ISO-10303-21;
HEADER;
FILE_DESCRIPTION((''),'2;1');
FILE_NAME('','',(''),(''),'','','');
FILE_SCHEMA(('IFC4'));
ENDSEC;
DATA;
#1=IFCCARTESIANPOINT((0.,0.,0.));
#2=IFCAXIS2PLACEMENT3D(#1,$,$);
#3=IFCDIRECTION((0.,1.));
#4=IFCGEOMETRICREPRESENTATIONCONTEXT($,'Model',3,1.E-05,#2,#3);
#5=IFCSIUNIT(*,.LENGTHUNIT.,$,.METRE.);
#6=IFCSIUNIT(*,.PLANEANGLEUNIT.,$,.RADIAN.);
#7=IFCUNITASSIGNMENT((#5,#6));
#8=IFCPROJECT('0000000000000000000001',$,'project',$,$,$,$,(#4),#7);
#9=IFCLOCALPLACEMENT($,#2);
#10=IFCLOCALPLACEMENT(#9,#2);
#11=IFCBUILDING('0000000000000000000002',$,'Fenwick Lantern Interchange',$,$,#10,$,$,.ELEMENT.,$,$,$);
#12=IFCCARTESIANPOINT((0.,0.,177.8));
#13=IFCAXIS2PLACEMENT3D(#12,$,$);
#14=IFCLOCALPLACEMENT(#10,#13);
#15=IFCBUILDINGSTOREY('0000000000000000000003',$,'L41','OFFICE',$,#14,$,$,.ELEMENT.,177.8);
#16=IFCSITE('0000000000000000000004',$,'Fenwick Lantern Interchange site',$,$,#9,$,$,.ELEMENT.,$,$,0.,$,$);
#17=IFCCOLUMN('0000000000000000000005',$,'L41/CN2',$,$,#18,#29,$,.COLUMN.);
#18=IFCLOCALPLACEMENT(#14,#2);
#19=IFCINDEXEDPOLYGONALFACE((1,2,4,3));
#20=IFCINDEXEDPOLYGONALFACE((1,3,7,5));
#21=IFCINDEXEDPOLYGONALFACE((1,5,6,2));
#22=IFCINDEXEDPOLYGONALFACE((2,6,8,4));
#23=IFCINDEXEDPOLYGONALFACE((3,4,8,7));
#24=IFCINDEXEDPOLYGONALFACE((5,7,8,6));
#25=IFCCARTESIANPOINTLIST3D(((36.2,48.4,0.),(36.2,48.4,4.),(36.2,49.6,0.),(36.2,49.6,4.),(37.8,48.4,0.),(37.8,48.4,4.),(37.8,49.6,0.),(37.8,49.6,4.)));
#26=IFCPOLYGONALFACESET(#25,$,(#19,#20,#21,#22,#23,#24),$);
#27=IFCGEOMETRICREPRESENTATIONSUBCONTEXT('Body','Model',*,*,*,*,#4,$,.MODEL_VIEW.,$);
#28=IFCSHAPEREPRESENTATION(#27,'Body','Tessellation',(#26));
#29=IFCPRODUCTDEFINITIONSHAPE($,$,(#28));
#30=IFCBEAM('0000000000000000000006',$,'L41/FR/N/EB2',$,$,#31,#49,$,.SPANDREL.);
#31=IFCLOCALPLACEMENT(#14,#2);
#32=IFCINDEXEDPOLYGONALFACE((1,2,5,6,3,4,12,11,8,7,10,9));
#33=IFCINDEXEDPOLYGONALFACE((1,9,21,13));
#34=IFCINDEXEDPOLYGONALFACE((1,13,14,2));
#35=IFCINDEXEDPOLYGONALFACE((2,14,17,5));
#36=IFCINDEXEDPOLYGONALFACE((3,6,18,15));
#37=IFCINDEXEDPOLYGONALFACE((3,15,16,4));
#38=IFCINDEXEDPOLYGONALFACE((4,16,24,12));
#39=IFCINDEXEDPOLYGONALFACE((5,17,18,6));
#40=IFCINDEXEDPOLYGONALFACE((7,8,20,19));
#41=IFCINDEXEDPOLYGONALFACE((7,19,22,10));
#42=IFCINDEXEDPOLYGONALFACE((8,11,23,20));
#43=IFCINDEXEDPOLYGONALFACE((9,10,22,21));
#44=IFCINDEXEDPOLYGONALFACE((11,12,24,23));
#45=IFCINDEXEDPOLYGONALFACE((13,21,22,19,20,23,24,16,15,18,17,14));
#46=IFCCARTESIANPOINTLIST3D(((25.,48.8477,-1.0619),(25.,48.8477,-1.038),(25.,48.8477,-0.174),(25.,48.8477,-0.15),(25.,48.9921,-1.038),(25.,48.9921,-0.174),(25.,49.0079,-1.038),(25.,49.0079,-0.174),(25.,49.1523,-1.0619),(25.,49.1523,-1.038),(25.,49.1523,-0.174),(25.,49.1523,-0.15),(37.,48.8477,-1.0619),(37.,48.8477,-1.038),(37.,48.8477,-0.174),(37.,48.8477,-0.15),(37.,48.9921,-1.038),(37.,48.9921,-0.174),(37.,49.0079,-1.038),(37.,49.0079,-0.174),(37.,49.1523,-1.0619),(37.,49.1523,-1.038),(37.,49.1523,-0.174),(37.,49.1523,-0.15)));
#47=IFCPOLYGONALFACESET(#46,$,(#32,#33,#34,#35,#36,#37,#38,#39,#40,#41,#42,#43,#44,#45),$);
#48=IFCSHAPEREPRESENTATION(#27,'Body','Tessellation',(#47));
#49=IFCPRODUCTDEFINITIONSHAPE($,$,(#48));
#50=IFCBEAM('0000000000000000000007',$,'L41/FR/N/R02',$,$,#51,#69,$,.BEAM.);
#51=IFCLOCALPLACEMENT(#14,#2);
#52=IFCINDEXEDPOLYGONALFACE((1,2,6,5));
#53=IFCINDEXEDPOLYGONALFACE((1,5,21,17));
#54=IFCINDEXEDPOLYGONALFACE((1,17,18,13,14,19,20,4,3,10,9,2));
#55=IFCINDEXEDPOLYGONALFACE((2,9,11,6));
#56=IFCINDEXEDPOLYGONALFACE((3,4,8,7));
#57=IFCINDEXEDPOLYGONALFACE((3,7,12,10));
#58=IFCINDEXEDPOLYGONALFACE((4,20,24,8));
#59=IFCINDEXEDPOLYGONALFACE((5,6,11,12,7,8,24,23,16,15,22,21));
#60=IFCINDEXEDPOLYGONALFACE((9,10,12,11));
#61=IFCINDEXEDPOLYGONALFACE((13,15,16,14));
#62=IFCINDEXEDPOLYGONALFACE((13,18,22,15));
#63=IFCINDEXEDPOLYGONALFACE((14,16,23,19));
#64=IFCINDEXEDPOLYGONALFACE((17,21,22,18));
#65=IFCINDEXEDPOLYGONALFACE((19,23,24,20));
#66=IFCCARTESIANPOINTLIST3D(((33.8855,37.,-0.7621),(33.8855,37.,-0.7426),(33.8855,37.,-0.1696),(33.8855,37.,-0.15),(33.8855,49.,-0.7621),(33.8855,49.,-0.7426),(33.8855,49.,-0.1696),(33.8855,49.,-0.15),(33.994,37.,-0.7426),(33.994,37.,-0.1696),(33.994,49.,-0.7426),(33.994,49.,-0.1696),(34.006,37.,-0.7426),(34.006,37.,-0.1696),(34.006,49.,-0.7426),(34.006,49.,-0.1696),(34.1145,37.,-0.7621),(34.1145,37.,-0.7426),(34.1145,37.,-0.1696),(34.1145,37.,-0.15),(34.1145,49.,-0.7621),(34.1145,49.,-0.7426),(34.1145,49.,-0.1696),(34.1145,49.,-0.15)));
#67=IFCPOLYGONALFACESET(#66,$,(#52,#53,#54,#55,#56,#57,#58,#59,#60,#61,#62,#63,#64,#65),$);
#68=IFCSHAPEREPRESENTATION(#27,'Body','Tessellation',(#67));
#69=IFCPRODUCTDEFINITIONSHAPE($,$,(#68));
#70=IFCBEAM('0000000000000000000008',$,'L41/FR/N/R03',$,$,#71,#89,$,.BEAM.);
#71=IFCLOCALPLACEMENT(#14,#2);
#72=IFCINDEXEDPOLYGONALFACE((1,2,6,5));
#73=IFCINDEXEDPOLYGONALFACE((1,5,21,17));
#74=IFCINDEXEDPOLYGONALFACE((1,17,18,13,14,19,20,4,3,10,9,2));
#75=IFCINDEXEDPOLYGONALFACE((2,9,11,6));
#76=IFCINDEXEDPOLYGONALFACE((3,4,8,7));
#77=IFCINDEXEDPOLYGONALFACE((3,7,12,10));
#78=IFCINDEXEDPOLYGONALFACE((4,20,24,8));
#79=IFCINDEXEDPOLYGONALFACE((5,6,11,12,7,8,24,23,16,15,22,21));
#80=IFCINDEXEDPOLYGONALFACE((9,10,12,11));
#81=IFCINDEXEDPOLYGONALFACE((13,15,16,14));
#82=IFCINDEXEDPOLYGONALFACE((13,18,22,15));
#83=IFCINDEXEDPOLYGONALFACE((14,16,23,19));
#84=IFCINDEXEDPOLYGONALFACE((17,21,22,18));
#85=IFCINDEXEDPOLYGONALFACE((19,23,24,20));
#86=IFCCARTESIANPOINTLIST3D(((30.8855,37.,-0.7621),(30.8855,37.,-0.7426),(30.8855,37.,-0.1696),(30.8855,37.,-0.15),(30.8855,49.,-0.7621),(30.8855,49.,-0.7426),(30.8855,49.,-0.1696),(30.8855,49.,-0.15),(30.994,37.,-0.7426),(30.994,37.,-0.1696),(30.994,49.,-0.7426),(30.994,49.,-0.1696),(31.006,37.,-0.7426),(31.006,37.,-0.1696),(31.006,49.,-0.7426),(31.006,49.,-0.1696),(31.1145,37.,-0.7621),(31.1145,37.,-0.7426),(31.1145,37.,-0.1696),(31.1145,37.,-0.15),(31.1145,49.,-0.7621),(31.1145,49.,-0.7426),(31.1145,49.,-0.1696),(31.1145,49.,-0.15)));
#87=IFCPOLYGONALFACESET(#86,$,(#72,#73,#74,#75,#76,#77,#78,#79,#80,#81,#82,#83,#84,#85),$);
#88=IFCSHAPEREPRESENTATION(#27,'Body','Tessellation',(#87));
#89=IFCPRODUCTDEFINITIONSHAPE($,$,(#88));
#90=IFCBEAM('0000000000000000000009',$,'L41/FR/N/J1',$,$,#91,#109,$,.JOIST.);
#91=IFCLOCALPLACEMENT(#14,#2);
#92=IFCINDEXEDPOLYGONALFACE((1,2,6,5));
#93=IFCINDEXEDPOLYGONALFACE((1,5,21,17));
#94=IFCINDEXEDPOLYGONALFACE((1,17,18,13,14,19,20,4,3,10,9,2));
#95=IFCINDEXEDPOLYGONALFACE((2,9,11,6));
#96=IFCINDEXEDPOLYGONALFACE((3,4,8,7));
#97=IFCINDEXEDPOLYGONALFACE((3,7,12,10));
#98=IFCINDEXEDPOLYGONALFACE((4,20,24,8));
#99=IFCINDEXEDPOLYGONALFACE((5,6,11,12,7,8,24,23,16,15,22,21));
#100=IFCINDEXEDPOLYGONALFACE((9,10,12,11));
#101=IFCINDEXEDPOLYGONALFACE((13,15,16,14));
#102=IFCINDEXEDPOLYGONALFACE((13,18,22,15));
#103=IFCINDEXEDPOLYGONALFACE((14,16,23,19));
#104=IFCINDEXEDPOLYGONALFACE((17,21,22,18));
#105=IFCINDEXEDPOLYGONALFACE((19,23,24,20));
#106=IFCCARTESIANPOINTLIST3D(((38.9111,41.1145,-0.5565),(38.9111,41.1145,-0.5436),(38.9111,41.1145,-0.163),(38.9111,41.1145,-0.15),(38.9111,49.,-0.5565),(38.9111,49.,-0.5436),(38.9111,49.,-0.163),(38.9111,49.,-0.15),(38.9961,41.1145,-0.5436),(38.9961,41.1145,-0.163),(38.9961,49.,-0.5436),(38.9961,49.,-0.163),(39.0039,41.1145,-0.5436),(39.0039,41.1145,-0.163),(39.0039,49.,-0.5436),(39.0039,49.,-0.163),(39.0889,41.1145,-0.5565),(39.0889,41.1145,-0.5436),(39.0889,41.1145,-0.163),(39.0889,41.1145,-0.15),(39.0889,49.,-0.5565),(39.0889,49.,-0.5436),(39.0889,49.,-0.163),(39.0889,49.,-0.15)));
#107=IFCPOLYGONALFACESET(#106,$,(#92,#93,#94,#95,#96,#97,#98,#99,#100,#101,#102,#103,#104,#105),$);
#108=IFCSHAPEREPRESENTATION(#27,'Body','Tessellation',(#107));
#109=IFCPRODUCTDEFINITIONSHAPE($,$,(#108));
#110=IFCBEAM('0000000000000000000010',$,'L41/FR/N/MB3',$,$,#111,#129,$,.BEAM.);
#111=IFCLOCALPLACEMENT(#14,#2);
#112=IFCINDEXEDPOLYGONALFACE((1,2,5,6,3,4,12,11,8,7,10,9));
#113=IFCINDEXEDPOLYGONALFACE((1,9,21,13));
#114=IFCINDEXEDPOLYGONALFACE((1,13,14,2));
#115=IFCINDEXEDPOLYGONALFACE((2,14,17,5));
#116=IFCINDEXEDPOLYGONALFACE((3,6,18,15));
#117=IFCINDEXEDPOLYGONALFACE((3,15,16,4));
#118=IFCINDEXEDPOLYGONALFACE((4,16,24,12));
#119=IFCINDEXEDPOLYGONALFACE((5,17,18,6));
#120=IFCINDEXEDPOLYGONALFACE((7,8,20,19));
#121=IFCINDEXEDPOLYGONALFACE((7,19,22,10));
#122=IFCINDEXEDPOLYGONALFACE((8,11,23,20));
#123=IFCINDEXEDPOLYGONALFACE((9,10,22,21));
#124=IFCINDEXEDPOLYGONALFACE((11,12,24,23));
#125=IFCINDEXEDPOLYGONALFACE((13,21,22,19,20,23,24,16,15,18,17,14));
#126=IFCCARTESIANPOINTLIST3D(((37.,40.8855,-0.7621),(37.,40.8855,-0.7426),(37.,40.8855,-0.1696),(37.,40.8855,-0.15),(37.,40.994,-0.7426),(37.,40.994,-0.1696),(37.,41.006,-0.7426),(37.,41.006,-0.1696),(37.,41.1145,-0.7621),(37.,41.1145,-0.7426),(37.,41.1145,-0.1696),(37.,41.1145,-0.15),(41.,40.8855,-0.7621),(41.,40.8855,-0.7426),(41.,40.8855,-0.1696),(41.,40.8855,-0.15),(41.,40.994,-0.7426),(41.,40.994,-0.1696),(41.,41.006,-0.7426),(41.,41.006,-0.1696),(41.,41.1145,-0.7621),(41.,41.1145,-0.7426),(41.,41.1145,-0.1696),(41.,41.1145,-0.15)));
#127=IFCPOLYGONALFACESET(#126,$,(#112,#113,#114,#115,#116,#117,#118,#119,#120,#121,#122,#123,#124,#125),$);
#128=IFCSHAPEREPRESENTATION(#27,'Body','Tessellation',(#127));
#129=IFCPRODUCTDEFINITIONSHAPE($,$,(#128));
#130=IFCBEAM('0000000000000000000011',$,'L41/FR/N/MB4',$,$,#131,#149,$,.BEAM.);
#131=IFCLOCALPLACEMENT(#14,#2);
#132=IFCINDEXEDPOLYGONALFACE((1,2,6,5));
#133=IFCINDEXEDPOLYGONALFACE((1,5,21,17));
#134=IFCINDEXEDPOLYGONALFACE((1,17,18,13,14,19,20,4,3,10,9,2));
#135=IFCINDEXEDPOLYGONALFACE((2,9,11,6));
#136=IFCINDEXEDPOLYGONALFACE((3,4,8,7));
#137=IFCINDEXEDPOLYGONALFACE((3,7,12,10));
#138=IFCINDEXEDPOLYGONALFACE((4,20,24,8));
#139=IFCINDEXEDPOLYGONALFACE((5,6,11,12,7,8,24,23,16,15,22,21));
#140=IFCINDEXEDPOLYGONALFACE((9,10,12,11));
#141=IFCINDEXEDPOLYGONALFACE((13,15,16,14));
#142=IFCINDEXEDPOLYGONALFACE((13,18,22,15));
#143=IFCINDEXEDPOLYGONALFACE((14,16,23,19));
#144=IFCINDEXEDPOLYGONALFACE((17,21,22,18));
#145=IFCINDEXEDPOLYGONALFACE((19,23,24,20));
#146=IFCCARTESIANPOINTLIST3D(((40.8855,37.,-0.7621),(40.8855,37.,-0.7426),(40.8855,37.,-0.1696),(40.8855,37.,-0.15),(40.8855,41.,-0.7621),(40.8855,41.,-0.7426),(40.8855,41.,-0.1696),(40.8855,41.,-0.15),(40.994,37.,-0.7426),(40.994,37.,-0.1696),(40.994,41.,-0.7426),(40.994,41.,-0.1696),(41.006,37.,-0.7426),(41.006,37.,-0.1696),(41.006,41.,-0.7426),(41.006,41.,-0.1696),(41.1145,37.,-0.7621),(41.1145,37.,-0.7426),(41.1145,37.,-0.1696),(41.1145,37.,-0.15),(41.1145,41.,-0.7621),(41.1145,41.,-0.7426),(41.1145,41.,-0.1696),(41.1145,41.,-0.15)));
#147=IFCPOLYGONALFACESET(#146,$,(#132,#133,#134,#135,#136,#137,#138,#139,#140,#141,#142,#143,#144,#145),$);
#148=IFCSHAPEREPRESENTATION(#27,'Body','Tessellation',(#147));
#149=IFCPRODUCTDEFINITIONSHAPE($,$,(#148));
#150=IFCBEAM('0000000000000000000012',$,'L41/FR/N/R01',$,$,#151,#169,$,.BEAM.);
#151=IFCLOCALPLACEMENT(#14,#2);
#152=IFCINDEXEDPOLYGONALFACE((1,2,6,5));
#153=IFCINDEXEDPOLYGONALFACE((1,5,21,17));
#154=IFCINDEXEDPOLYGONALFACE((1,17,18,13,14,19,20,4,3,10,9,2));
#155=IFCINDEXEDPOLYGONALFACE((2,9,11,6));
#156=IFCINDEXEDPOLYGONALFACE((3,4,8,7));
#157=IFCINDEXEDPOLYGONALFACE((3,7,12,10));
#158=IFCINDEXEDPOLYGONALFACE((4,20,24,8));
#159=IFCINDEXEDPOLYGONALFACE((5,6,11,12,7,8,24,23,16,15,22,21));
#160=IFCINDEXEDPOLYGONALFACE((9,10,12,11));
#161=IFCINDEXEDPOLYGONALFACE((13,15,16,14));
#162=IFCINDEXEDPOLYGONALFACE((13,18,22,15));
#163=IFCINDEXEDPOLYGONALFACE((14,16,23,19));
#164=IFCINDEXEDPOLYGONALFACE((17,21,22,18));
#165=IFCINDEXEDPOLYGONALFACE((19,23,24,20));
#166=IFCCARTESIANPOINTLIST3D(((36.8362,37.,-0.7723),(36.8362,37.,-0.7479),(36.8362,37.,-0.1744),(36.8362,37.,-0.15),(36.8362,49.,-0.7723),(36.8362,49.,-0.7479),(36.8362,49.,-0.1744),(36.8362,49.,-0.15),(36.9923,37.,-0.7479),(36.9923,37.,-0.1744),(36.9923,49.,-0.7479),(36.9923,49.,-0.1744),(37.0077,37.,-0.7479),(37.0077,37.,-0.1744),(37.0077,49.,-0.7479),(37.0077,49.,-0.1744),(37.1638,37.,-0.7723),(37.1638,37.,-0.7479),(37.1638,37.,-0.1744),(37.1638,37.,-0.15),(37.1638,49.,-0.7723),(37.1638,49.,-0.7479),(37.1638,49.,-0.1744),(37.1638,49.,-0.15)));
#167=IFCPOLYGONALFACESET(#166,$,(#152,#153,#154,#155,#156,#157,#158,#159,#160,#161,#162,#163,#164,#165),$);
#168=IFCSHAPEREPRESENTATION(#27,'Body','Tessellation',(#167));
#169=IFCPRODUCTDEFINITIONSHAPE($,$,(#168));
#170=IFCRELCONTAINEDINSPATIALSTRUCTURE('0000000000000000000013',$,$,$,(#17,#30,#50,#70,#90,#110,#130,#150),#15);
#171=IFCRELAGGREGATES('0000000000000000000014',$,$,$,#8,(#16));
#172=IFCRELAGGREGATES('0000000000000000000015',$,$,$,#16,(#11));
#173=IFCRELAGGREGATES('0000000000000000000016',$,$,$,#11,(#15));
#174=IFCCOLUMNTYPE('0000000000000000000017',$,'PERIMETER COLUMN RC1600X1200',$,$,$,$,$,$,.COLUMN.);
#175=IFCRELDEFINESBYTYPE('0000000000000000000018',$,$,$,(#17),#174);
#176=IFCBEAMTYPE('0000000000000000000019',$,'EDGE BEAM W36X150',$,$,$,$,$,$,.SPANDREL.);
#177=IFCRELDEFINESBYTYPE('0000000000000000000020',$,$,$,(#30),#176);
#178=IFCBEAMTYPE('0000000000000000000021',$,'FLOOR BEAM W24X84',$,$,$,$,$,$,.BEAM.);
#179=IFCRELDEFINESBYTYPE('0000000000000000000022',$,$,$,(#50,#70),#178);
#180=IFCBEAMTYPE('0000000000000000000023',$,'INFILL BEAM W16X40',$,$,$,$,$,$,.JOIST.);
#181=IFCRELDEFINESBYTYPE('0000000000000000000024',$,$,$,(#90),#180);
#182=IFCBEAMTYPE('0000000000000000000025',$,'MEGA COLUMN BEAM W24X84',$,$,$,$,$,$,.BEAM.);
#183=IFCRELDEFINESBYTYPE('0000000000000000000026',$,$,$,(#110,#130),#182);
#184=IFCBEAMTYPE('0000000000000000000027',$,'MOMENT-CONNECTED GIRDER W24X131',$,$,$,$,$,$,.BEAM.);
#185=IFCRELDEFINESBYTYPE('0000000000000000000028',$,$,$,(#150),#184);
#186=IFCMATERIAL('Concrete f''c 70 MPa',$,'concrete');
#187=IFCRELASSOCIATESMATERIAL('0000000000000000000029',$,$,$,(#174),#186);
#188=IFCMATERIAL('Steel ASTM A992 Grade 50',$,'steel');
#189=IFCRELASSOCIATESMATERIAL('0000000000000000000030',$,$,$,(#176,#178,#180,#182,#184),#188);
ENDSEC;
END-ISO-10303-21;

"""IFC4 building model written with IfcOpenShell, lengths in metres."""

from ifc_helpers import new_model, si_unit, direction, frame, origin, origin_2d, place, context, subcontext, project, spatial, rectangle, i_section, extrude, material, material_profile, profile_set, type_object, element, save


model = new_model("IFC4")

# Units and contexts
model_context = context("Model", 3, precision=1e-05, world=origin(), true_north=direction((0.0, 1.0)))
body_context = subcontext(model_context, "Body", "Model", "MODEL_VIEW")
ifc_project = project(units=[si_unit("LENGTHUNIT", "METRE"), si_unit("PLANEANGLEUNIT", "RADIAN")], contexts=[model_context])

# Site, building, storey
site_placement = place(None, origin())
site = spatial("IfcSite", under=ifc_project, at=site_placement, Name="Fenwick Lantern Interchange site", CompositionType="ELEMENT", RefElevation=0.0)
building_placement = place(site_placement, origin())
building = spatial("IfcBuilding", under=site, at=building_placement, Name="Fenwick Lantern Interchange", CompositionType="ELEMENT")
storey_placement = place(building_placement, frame((0.0, 0.0, 177.8)))
storey = spatial("IfcBuildingStorey", under=building, at=storey_placement, Name="L41", Description="OFFICE", CompositionType="ELEMENT", Elevation=177.8)

# Column
ifc_material_1 = material(Name="Concrete f'c 70 MPa", Category="concrete")
ifc_material_profile_1 = material_profile(ifc_material_1, rectangle(XDim=1.6001, YDim=1.2, at=origin_2d()), Name="RC1600X1200")
ifc_profile_set_1 = profile_set([ifc_material_profile_1], Name="Concrete f'c 70 MPa")
column_type = type_object("IfcColumnType", Name="PERIMETER COLUMN RC1600X1200", PredefinedType="COLUMN", material=ifc_profile_set_1)
column_placement = place(storey_placement, frame((37.0, 49.0, 0.0), z_axis=(0.0, 0.0, 1.0), x_axis=(1.0, 0.0, 0.0)))
element("IfcColumn", 1, at=column_placement, inside=storey, type_object=column_type, Name="L41/CN2", PredefinedType="COLUMN", context=body_context, shape_type="SweptSolid", body=[
    extrude(rectangle(XDim=1.6001, YDim=1.2, at=origin_2d()), origin(), (0.0, 0.0, 1.0), 4.0),
])

# Beams
ifc_material_2 = material(Name="Steel ASTM A992 Grade 50", Category="steel")
ifc_material_profile_2 = material_profile(ifc_material_2, i_section(OverallWidth=0.3047, OverallDepth=0.9119, WebThickness=0.0159, FlangeThickness=0.0239, at=origin_2d()), Name="W36X150")
ifc_profile_set_2 = profile_set([ifc_material_profile_2], Name="Steel ASTM A992 Grade 50")
beam_type_1 = type_object("IfcBeamType", Name="EDGE BEAM W36X150", PredefinedType="SPANDREL", material=ifc_profile_set_2)
beam_1_placement = place(storey_placement, frame((37.0, 49.0, -0.606), z_axis=(-1.0, 0.0, 0.0), x_axis=(0.0, -1.0, 0.0)))
element("IfcBeam", 2, at=beam_1_placement, inside=storey, type_object=beam_type_1, Name="L41/FR/N/EB2", PredefinedType="SPANDREL", context=body_context, shape_type="SweptSolid", body=[
    extrude(i_section(OverallWidth=0.3047, OverallDepth=0.9119, WebThickness=0.0159, FlangeThickness=0.0239, at=origin_2d()), origin(), (0.0, 0.0, 1.0), 12.0),
])
ifc_material_profile_3 = material_profile(ifc_material_2, i_section(OverallWidth=0.229, OverallDepth=0.6121, WebThickness=0.012, FlangeThickness=0.0195, at=origin_2d()), Name="W24X84")
ifc_profile_set_3 = profile_set([ifc_material_profile_3], Name="Steel ASTM A992 Grade 50")
beam_type_2 = type_object("IfcBeamType", Name="FLOOR BEAM W24X84", PredefinedType="BEAM", material=ifc_profile_set_3)
for number, where, z_axis, x_axis, name in (
    (3, (34.0, 49.0, -0.4561), (0.0, -1.0, 0.0), (1.0, 0.0, 0.0), "L41/FR/N/R02"),
    (4, (31.0, 49.0, -0.4561), (0.0, -1.0, 0.0), (1.0, 0.0, 0.0), "L41/FR/N/R03"),
):
    element("IfcBeam", number, at=place(storey_placement, frame(where, z_axis=z_axis, x_axis=x_axis)), inside=storey, type_object=beam_type_2, Name=name, PredefinedType="BEAM", context=body_context, shape_type="SweptSolid", body=[
        extrude(i_section(OverallWidth=0.229, OverallDepth=0.6121, WebThickness=0.012, FlangeThickness=0.0195, at=origin_2d()), origin(), (0.0, 0.0, 1.0), 12.0),
    ])
ifc_material_profile_4 = material_profile(ifc_material_2, i_section(OverallWidth=0.1777, OverallDepth=0.4065, WebThickness=0.0078, FlangeThickness=0.0129, at=origin_2d()), Name="W16X40")
ifc_profile_set_4 = profile_set([ifc_material_profile_4], Name="Steel ASTM A992 Grade 50")
beam_type_3 = type_object("IfcBeamType", Name="INFILL BEAM W16X40", PredefinedType="JOIST", material=ifc_profile_set_4)
beam_2_placement = place(storey_placement, frame((39.0, 49.0, -0.3533), z_axis=(0.0, -1.0, 0.0), x_axis=(1.0, 0.0, 0.0)))
element("IfcBeam", 5, at=beam_2_placement, inside=storey, type_object=beam_type_3, Name="L41/FR/N/J1", PredefinedType="JOIST", context=body_context, shape_type="SweptSolid", body=[
    extrude(i_section(OverallWidth=0.1777, OverallDepth=0.4065, WebThickness=0.0078, FlangeThickness=0.0129, at=origin_2d()), origin(), (0.0, 0.0, 1.0), 7.8855),
])
ifc_material_profile_5 = material_profile(ifc_material_2, i_section(OverallWidth=0.229, OverallDepth=0.6121, WebThickness=0.012, FlangeThickness=0.0195, at=origin_2d()), Name="W24X84")
ifc_profile_set_5 = profile_set([ifc_material_profile_5], Name="Steel ASTM A992 Grade 50")
beam_type_4 = type_object("IfcBeamType", Name="MEGA COLUMN BEAM W24X84", PredefinedType="BEAM", material=ifc_profile_set_5)
for number, where, z_axis, x_axis, name in (
    (6, (41.0, 41.0, -0.4561), (-1.0, 0.0, 0.0), (0.0, -1.0, 0.0), "L41/FR/N/MB3"),
    (7, (41.0, 41.0, -0.4561), (0.0, -1.0, 0.0), (1.0, 0.0, 0.0), "L41/FR/N/MB4"),
):
    element("IfcBeam", number, at=place(storey_placement, frame(where, z_axis=z_axis, x_axis=x_axis)), inside=storey, type_object=beam_type_4, Name=name, PredefinedType="BEAM", context=body_context, shape_type="SweptSolid", body=[
        extrude(i_section(OverallWidth=0.229, OverallDepth=0.6121, WebThickness=0.012, FlangeThickness=0.0195, at=origin_2d()), origin(), (0.0, 0.0, 1.0), 4.0),
    ])
ifc_material_profile_6 = material_profile(ifc_material_2, i_section(OverallWidth=0.3276, OverallDepth=0.6223, WebThickness=0.0154, FlangeThickness=0.0244, at=origin_2d()), Name="W24X131")
ifc_profile_set_6 = profile_set([ifc_material_profile_6], Name="Steel ASTM A992 Grade 50")
beam_type_5 = type_object("IfcBeamType", Name="MOMENT-CONNECTED GIRDER W24X131", PredefinedType="BEAM", material=ifc_profile_set_6)
beam_3_placement = place(storey_placement, frame((37.0, 49.0, -0.4612), z_axis=(0.0, -1.0, 0.0), x_axis=(1.0, 0.0, 0.0)))
element("IfcBeam", 8, at=beam_3_placement, inside=storey, type_object=beam_type_5, Name="L41/FR/N/R01", PredefinedType="BEAM", context=body_context, shape_type="SweptSolid", body=[
    extrude(i_section(OverallWidth=0.3276, OverallDepth=0.6223, WebThickness=0.0154, FlangeThickness=0.0244, at=origin_2d()), origin(), (0.0, 0.0, 1.0), 12.0),
])

save(model, "model.ifc")
